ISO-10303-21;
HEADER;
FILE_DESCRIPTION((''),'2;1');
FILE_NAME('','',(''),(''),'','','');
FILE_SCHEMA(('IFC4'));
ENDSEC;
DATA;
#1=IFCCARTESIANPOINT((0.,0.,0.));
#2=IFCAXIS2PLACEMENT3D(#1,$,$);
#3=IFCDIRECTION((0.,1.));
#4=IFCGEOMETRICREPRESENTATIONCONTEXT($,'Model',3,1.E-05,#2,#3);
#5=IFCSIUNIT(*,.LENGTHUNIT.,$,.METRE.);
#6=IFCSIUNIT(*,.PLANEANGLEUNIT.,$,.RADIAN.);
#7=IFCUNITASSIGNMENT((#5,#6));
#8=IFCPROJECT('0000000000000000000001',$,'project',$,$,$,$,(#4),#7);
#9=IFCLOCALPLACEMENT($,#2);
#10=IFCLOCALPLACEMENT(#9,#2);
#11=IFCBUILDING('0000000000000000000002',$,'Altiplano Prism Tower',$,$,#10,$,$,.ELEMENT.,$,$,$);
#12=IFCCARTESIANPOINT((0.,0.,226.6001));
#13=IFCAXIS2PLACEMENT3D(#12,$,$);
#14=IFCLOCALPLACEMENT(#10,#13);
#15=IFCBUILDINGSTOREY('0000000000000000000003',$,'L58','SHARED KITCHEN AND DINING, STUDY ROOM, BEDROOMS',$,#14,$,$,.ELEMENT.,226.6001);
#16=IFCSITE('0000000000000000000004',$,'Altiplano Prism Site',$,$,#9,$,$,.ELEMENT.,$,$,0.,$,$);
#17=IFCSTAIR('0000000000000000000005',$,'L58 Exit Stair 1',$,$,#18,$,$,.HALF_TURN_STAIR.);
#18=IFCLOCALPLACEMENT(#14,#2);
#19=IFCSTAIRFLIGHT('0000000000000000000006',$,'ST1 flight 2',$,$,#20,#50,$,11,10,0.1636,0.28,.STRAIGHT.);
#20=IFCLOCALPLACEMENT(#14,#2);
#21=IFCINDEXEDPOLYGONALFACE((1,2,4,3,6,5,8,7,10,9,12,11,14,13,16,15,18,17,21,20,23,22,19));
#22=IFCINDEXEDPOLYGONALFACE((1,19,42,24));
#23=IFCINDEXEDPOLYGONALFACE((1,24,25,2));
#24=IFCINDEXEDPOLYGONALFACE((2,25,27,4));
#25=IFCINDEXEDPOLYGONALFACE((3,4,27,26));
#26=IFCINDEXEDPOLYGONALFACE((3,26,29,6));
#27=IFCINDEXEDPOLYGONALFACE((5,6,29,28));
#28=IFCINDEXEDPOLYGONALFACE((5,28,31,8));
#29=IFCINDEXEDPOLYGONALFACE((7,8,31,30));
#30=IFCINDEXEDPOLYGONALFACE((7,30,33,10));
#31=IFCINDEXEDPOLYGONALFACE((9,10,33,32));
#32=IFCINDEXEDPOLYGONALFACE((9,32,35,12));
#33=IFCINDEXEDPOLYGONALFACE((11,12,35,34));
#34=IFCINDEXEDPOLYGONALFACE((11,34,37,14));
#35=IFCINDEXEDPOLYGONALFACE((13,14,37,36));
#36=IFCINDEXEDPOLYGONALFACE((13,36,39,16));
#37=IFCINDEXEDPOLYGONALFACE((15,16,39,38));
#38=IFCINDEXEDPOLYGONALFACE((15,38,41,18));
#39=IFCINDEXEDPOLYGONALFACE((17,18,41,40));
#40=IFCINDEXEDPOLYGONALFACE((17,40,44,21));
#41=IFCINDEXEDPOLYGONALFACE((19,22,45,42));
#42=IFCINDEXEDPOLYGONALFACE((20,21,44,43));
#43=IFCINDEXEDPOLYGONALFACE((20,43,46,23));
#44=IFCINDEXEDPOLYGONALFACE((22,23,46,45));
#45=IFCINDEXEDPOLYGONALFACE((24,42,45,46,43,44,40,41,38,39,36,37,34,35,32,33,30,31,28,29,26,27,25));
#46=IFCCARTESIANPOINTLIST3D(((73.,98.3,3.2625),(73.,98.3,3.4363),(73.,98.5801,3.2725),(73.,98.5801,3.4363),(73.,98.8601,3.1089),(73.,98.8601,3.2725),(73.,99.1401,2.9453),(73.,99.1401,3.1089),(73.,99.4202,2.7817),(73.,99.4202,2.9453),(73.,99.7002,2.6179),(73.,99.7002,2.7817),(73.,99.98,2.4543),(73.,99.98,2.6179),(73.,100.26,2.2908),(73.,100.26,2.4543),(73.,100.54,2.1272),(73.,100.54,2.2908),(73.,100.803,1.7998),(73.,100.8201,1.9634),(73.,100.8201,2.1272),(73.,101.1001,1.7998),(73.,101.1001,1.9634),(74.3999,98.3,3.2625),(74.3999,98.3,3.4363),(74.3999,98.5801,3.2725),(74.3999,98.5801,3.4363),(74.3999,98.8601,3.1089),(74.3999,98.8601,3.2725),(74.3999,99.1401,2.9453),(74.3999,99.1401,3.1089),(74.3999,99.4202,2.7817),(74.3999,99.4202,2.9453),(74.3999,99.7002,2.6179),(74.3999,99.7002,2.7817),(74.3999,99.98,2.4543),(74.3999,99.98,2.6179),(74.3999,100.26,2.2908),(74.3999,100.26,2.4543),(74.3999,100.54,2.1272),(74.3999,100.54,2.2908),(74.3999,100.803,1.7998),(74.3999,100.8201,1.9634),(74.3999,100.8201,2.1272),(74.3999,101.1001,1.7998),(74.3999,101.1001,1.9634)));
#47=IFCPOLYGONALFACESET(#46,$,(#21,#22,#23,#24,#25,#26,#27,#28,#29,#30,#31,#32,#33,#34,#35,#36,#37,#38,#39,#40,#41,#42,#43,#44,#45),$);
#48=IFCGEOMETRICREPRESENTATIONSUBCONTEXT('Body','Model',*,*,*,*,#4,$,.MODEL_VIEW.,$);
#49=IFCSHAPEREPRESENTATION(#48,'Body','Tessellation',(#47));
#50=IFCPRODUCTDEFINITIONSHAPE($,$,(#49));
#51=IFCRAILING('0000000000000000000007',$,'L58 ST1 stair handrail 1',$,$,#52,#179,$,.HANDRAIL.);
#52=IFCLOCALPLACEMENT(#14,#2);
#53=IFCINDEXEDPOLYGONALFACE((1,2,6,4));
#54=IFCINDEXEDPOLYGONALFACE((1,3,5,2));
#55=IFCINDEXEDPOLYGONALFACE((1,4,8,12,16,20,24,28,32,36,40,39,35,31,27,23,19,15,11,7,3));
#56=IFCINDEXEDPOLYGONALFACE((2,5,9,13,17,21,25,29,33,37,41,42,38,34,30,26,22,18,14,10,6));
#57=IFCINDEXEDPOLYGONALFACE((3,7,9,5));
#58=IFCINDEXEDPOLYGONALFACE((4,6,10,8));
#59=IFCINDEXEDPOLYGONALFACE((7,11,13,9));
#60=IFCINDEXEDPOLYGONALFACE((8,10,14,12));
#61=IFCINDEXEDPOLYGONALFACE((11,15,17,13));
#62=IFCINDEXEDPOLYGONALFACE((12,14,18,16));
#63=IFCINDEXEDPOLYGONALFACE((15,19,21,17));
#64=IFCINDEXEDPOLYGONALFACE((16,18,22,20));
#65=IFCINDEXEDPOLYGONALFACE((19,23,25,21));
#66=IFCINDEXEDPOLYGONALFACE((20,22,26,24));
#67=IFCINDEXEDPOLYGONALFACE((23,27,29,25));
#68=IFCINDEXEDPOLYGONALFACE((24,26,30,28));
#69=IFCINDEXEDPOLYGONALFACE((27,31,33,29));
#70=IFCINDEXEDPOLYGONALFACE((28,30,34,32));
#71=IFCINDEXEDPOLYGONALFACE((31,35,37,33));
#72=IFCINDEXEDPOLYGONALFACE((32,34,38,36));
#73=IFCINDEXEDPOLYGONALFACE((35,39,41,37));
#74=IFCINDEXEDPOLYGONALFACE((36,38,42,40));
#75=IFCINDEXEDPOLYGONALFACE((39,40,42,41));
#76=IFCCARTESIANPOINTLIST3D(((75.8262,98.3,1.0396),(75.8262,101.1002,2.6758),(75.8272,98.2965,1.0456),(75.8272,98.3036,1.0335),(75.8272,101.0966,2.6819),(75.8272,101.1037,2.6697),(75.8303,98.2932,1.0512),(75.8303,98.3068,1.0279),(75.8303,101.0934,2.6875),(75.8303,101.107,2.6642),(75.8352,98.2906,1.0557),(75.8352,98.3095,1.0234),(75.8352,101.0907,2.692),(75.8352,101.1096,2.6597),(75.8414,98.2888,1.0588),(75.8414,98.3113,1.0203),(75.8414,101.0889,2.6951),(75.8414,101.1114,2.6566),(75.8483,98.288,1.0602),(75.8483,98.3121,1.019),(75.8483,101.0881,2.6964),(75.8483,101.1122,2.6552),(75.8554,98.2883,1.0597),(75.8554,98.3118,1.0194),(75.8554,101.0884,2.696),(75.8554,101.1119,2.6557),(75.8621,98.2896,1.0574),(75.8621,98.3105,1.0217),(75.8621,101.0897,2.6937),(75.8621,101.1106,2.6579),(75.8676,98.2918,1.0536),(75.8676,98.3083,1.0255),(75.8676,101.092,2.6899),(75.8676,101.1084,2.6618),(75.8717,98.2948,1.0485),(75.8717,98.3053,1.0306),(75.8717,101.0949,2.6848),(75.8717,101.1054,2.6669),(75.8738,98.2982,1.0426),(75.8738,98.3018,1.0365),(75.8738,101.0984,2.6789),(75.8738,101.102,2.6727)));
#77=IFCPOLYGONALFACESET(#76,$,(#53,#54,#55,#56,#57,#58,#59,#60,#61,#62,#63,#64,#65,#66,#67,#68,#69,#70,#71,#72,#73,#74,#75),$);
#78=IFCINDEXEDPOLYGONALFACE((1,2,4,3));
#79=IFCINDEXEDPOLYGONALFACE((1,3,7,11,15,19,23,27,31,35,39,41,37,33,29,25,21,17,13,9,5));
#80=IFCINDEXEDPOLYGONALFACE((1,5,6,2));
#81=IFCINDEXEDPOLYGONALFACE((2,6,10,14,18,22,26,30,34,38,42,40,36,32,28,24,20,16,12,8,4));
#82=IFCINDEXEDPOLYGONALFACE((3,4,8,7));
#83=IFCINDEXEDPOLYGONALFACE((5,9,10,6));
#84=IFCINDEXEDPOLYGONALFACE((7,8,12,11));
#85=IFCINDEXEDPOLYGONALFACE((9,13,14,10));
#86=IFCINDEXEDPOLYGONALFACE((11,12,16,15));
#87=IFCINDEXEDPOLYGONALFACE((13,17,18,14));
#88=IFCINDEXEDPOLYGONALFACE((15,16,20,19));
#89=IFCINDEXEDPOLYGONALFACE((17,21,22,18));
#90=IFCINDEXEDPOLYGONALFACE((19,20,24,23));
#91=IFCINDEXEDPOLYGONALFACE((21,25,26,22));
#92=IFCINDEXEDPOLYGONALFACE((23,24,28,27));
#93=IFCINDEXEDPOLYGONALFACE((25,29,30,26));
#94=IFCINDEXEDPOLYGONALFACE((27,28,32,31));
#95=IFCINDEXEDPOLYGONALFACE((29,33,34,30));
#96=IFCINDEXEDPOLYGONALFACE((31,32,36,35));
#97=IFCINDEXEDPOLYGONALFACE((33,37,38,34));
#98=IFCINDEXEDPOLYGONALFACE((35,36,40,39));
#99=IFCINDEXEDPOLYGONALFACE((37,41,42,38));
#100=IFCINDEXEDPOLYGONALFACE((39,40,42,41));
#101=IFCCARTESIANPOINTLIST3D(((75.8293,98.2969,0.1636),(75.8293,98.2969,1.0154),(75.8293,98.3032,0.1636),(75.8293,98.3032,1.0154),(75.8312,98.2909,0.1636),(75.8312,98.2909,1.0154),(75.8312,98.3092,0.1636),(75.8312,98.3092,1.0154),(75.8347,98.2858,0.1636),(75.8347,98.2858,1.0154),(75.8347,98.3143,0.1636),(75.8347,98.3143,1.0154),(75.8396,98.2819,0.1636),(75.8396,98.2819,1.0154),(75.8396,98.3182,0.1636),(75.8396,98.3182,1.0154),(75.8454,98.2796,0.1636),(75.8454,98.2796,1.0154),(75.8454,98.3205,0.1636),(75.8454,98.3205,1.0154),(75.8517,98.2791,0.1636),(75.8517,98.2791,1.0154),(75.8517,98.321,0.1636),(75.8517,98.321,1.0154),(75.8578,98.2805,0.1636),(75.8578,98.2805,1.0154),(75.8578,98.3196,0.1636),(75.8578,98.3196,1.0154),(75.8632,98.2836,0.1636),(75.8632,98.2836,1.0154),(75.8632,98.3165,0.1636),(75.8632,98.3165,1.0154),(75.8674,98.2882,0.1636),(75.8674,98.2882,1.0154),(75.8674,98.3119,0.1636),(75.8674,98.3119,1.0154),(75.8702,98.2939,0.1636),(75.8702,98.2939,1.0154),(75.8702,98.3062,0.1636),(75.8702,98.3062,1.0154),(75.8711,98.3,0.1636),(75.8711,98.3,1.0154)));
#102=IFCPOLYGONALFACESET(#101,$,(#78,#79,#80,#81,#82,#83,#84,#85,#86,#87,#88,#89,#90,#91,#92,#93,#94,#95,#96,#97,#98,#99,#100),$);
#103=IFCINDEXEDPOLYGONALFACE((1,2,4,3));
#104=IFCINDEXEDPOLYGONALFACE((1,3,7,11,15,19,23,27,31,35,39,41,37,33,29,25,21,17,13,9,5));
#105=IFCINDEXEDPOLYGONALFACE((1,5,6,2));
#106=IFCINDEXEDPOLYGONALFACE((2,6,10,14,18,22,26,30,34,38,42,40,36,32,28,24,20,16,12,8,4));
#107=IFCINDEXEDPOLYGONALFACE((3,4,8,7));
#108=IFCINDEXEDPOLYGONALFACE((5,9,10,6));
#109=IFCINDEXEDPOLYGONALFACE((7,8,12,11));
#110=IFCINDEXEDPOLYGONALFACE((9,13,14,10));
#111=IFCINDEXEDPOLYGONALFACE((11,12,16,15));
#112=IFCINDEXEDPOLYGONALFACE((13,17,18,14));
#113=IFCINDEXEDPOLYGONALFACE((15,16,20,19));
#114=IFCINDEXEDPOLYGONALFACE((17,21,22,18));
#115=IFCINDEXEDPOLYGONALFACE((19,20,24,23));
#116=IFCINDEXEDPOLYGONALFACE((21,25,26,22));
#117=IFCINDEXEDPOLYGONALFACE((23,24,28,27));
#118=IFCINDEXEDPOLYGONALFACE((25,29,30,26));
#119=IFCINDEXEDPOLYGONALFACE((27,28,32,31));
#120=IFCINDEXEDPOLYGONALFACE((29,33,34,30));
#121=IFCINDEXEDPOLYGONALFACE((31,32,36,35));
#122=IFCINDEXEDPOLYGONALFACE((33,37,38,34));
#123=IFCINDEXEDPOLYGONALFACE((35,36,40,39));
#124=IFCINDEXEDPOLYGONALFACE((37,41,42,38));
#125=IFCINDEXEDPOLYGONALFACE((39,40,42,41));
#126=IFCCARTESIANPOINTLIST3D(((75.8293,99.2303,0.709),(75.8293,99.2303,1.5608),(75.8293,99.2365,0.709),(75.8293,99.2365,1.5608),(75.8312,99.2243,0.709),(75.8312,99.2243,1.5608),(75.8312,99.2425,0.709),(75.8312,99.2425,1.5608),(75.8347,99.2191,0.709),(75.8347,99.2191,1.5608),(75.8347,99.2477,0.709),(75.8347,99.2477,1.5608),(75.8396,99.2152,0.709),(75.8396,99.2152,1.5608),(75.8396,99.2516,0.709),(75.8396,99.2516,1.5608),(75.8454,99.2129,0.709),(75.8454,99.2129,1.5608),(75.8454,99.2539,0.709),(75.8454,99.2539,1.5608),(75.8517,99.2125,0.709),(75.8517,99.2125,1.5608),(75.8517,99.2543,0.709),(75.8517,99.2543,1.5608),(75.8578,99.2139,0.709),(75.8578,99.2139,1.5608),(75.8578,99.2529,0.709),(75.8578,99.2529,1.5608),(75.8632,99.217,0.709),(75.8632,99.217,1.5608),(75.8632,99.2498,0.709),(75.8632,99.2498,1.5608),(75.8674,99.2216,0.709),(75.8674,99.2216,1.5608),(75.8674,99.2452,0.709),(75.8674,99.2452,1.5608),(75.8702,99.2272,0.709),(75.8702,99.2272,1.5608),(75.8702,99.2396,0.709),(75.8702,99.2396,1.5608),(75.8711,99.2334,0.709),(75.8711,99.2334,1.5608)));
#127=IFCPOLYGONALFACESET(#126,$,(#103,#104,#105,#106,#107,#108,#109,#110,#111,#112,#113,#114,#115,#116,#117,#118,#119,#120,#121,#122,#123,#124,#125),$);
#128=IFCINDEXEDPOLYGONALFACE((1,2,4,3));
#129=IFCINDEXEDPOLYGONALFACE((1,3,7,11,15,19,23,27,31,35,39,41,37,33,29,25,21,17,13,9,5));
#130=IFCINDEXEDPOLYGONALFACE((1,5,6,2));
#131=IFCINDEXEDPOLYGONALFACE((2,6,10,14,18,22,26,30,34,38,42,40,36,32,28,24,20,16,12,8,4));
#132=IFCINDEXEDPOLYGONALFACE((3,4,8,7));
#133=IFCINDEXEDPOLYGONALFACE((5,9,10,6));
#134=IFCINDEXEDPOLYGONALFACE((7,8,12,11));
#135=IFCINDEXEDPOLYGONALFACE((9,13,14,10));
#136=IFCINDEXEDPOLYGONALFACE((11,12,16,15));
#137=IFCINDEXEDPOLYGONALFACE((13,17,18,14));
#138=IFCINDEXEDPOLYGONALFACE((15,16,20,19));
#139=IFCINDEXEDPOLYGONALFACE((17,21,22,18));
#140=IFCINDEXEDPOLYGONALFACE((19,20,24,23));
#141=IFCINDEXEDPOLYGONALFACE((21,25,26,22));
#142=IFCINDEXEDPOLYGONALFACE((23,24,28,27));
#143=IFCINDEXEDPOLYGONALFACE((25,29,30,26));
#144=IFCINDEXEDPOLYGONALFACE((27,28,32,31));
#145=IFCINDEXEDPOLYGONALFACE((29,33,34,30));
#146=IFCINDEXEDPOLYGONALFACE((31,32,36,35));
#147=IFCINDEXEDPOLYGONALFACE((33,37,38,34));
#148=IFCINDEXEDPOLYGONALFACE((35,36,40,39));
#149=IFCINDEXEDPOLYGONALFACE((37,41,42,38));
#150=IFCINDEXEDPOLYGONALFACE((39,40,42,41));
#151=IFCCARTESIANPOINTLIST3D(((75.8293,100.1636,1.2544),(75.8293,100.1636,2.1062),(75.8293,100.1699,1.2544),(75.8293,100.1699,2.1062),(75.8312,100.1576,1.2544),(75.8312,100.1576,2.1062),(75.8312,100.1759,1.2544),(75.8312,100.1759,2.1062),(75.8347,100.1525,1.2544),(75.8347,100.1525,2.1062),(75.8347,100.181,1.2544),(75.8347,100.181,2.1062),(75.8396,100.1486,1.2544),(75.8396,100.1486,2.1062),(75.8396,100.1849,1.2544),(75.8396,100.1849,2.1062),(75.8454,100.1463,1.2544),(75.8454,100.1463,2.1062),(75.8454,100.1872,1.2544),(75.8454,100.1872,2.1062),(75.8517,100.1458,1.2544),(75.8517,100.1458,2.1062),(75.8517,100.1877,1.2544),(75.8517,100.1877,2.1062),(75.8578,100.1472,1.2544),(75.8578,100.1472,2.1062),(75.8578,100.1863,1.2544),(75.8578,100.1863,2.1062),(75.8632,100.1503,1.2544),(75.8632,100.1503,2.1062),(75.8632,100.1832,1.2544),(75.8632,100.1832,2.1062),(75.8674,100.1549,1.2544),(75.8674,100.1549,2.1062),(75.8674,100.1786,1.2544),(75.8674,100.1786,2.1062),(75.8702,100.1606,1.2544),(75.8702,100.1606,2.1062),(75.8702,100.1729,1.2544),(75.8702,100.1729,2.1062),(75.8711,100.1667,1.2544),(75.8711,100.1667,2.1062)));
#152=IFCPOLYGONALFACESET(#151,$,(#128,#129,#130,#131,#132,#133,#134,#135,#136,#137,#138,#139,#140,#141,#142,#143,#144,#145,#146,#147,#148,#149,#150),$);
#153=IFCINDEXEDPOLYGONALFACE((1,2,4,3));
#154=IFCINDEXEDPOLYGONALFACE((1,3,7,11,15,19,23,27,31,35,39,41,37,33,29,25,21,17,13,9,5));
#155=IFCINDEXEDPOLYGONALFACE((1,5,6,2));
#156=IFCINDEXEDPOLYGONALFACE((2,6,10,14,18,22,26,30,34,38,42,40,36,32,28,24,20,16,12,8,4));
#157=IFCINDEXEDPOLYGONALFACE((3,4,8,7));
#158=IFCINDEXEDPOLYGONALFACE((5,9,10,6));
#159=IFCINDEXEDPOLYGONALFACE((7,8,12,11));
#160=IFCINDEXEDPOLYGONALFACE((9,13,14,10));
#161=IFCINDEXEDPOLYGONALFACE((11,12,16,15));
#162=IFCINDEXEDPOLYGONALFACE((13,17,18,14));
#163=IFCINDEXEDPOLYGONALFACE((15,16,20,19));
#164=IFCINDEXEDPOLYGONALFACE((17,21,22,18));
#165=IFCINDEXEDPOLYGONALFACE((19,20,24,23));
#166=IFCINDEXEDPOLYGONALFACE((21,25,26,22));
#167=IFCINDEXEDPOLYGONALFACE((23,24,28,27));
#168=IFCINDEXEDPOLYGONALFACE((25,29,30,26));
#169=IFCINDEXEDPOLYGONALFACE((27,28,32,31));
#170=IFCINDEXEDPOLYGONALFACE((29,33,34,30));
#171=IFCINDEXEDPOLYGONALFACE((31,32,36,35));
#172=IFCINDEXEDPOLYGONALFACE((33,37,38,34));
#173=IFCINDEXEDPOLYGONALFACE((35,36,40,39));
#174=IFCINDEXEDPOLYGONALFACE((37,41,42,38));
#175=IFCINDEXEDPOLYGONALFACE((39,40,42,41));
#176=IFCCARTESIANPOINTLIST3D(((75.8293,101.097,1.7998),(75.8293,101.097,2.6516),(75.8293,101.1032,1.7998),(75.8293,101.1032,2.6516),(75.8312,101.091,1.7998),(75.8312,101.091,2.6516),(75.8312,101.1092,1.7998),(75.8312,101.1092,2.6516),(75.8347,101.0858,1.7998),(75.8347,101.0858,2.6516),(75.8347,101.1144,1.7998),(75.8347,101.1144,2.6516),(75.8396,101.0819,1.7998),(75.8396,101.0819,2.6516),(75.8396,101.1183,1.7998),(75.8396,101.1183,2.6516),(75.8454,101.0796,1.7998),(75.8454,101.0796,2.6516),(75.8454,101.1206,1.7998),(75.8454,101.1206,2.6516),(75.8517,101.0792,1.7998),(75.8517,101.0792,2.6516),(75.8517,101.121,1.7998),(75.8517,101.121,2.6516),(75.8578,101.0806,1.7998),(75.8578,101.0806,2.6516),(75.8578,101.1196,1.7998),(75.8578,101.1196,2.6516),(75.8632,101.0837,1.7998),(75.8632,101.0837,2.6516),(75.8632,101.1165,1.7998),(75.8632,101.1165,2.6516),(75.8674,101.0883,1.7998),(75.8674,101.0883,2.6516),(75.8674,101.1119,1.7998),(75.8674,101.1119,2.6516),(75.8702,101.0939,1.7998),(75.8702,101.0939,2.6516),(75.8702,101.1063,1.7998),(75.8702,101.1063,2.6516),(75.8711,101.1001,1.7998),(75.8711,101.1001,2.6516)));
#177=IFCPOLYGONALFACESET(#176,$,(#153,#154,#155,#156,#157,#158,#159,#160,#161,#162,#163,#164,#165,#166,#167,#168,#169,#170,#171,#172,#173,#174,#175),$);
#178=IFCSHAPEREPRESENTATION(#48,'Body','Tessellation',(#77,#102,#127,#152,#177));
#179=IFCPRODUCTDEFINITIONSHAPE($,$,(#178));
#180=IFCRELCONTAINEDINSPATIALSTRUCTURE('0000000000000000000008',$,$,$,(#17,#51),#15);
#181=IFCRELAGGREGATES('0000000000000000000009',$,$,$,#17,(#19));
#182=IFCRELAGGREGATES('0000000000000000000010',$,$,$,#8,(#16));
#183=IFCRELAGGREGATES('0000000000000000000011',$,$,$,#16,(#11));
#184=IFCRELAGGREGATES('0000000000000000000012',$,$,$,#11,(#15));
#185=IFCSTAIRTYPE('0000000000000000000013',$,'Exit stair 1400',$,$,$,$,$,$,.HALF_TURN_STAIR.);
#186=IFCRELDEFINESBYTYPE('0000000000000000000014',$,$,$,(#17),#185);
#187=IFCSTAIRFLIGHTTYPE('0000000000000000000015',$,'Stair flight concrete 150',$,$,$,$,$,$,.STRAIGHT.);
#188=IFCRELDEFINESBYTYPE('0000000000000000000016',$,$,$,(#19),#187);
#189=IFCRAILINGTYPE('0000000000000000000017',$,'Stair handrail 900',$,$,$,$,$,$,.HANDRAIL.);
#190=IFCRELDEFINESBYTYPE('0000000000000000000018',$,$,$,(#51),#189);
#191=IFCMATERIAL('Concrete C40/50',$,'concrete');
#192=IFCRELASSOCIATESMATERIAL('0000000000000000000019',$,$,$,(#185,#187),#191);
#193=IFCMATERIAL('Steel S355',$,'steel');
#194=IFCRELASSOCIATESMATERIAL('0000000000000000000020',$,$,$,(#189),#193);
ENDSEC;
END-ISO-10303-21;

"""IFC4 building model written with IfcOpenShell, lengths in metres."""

from ifc_helpers import new_model, si_unit, direction, frame, origin, origin_2d, place, context, subcontext, project, spatial, polyline, circle, outline, extrude, material, type_object, element, aggregate, save


model = new_model("IFC4")

# Units and contexts
model_context = context("Model", 3, precision=1e-05, world=origin(), true_north=direction((0.0, 1.0)))
body_context = subcontext(model_context, "Body", "Model", "MODEL_VIEW")
ifc_project = project(units=[si_unit("LENGTHUNIT", "METRE"), si_unit("PLANEANGLEUNIT", "RADIAN")], contexts=[model_context])

# Site, building, storey
site_placement = place(None, origin())
site = spatial("IfcSite", under=ifc_project, at=site_placement, Name="Altiplano Prism Site", CompositionType="ELEMENT", RefElevation=0.0)
building_placement = place(site_placement, origin())
building = spatial("IfcBuilding", under=site, at=building_placement, Name="Altiplano Prism Tower", CompositionType="ELEMENT")
storey_placement = place(building_placement, frame((0.0, 0.0, 226.6001)))
storey = spatial("IfcBuildingStorey", under=building, at=storey_placement, Name="L58", Description="SHARED KITCHEN AND DINING, STUDY ROOM, BEDROOMS", CompositionType="ELEMENT", Elevation=226.6001)

# Stair, stair flight
ifc_material_1 = material(Name="Concrete C40/50", Category="concrete")
stair_type = type_object("IfcStairType", Name="Exit stair 1400", PredefinedType="HALF_TURN_STAIR", material=ifc_material_1)
stair_placement = place(storey_placement, origin())
stair = element("IfcStair", 1, at=stair_placement, inside=storey, type_object=stair_type, Name="L58 Exit Stair 1", PredefinedType="HALF_TURN_STAIR")
stair_flight_type = type_object("IfcStairFlightType", Name="Stair flight concrete 150", PredefinedType="STRAIGHT", material=ifc_material_1)
stair_flight_1_placement = place(storey_placement, frame((73.7, 101.1001, 1.7998), z_axis=(0.0, 0.0, 1.0), x_axis=(0.0, -1.0, 0.0)))
stair_flight_1 = element("IfcStairFlight", 2, at=stair_flight_1_placement, type_object=stair_flight_type, Name="ST1 flight 2", NumberOfRisers=11, NumberOfTreads=10, PredefinedType="STRAIGHT", RiserHeight=0.1636, TreadLength=0.28, context=body_context, shape_type="SweptSolid", body=[
    extrude(outline(polyline([(0.0, 0.0), (0.0, 0.1636), (0.28, 0.1636), (0.28, 0.3274), (0.5601, 0.3274), (0.5601, 0.491), (0.8401, 0.491), (0.8401, 0.6545), (1.1201, 0.6545), (1.1201, 0.8181), (1.3999, 0.8181), (1.3999, 0.9819), (1.6799, 0.9819), (1.6799, 1.1455), (1.96, 1.1455), (1.96, 1.3091), (2.24, 1.3091), (2.24, 1.4727), (2.52, 1.4727), (2.52, 1.6365), (2.8, 1.6365), (2.8, 1.8), (2.8, 1.4626), (0.2971, 0.0), (0.0, 0.0)])), frame((0.0, 0.7, 0.0), z_axis=(0.0, -1.0, 0.0), x_axis=(1.0, 0.0, 0.0)), (0.0, 0.0, 1.0), 1.3999),
])
aggregate(stair, [stair_flight_1])

# Railing
ifc_material_2 = material(Name="Steel S355", Category="steel")
railing_type_1 = type_object("IfcRailingType", Name="Stair handrail 900", PredefinedType="HANDRAIL", material=ifc_material_2)
railing_1_placement = place(storey_placement, frame((75.8501, 98.3, 0.1636)))
element("IfcRailing", 3, at=railing_1_placement, inside=storey, type_object=railing_type_1, Name="L58 ST1 stair handrail 1", PredefinedType="HANDRAIL", context=body_context, shape_type="SweptSolid", body=[
    extrude(circle(Radius=0.0239, at=origin_2d()), frame((0.0, 0.0, 0.876), z_axis=(0.0, 0.863394, 0.504531), x_axis=(-1.0, 0.0, 0.0)), (0.0, 0.0, 1.0), 3.2432),
    extrude(circle(Radius=0.021, at=origin_2d()), origin(), (0.0, 0.0, 1.0), 0.8518),
    extrude(circle(Radius=0.021, at=origin_2d()), frame((0.0, 0.9333, 0.5454)), (0.0, 0.0, 1.0), 0.8518),
    extrude(circle(Radius=0.021, at=origin_2d()), frame((0.0, 1.8667, 1.0908)), (0.0, 0.0, 1.0), 0.8518),
    extrude(circle(Radius=0.021, at=origin_2d()), frame((0.0, 2.8, 1.6362)), (0.0, 0.0, 1.0), 0.8518),
])

save(model, "model.ifc")
